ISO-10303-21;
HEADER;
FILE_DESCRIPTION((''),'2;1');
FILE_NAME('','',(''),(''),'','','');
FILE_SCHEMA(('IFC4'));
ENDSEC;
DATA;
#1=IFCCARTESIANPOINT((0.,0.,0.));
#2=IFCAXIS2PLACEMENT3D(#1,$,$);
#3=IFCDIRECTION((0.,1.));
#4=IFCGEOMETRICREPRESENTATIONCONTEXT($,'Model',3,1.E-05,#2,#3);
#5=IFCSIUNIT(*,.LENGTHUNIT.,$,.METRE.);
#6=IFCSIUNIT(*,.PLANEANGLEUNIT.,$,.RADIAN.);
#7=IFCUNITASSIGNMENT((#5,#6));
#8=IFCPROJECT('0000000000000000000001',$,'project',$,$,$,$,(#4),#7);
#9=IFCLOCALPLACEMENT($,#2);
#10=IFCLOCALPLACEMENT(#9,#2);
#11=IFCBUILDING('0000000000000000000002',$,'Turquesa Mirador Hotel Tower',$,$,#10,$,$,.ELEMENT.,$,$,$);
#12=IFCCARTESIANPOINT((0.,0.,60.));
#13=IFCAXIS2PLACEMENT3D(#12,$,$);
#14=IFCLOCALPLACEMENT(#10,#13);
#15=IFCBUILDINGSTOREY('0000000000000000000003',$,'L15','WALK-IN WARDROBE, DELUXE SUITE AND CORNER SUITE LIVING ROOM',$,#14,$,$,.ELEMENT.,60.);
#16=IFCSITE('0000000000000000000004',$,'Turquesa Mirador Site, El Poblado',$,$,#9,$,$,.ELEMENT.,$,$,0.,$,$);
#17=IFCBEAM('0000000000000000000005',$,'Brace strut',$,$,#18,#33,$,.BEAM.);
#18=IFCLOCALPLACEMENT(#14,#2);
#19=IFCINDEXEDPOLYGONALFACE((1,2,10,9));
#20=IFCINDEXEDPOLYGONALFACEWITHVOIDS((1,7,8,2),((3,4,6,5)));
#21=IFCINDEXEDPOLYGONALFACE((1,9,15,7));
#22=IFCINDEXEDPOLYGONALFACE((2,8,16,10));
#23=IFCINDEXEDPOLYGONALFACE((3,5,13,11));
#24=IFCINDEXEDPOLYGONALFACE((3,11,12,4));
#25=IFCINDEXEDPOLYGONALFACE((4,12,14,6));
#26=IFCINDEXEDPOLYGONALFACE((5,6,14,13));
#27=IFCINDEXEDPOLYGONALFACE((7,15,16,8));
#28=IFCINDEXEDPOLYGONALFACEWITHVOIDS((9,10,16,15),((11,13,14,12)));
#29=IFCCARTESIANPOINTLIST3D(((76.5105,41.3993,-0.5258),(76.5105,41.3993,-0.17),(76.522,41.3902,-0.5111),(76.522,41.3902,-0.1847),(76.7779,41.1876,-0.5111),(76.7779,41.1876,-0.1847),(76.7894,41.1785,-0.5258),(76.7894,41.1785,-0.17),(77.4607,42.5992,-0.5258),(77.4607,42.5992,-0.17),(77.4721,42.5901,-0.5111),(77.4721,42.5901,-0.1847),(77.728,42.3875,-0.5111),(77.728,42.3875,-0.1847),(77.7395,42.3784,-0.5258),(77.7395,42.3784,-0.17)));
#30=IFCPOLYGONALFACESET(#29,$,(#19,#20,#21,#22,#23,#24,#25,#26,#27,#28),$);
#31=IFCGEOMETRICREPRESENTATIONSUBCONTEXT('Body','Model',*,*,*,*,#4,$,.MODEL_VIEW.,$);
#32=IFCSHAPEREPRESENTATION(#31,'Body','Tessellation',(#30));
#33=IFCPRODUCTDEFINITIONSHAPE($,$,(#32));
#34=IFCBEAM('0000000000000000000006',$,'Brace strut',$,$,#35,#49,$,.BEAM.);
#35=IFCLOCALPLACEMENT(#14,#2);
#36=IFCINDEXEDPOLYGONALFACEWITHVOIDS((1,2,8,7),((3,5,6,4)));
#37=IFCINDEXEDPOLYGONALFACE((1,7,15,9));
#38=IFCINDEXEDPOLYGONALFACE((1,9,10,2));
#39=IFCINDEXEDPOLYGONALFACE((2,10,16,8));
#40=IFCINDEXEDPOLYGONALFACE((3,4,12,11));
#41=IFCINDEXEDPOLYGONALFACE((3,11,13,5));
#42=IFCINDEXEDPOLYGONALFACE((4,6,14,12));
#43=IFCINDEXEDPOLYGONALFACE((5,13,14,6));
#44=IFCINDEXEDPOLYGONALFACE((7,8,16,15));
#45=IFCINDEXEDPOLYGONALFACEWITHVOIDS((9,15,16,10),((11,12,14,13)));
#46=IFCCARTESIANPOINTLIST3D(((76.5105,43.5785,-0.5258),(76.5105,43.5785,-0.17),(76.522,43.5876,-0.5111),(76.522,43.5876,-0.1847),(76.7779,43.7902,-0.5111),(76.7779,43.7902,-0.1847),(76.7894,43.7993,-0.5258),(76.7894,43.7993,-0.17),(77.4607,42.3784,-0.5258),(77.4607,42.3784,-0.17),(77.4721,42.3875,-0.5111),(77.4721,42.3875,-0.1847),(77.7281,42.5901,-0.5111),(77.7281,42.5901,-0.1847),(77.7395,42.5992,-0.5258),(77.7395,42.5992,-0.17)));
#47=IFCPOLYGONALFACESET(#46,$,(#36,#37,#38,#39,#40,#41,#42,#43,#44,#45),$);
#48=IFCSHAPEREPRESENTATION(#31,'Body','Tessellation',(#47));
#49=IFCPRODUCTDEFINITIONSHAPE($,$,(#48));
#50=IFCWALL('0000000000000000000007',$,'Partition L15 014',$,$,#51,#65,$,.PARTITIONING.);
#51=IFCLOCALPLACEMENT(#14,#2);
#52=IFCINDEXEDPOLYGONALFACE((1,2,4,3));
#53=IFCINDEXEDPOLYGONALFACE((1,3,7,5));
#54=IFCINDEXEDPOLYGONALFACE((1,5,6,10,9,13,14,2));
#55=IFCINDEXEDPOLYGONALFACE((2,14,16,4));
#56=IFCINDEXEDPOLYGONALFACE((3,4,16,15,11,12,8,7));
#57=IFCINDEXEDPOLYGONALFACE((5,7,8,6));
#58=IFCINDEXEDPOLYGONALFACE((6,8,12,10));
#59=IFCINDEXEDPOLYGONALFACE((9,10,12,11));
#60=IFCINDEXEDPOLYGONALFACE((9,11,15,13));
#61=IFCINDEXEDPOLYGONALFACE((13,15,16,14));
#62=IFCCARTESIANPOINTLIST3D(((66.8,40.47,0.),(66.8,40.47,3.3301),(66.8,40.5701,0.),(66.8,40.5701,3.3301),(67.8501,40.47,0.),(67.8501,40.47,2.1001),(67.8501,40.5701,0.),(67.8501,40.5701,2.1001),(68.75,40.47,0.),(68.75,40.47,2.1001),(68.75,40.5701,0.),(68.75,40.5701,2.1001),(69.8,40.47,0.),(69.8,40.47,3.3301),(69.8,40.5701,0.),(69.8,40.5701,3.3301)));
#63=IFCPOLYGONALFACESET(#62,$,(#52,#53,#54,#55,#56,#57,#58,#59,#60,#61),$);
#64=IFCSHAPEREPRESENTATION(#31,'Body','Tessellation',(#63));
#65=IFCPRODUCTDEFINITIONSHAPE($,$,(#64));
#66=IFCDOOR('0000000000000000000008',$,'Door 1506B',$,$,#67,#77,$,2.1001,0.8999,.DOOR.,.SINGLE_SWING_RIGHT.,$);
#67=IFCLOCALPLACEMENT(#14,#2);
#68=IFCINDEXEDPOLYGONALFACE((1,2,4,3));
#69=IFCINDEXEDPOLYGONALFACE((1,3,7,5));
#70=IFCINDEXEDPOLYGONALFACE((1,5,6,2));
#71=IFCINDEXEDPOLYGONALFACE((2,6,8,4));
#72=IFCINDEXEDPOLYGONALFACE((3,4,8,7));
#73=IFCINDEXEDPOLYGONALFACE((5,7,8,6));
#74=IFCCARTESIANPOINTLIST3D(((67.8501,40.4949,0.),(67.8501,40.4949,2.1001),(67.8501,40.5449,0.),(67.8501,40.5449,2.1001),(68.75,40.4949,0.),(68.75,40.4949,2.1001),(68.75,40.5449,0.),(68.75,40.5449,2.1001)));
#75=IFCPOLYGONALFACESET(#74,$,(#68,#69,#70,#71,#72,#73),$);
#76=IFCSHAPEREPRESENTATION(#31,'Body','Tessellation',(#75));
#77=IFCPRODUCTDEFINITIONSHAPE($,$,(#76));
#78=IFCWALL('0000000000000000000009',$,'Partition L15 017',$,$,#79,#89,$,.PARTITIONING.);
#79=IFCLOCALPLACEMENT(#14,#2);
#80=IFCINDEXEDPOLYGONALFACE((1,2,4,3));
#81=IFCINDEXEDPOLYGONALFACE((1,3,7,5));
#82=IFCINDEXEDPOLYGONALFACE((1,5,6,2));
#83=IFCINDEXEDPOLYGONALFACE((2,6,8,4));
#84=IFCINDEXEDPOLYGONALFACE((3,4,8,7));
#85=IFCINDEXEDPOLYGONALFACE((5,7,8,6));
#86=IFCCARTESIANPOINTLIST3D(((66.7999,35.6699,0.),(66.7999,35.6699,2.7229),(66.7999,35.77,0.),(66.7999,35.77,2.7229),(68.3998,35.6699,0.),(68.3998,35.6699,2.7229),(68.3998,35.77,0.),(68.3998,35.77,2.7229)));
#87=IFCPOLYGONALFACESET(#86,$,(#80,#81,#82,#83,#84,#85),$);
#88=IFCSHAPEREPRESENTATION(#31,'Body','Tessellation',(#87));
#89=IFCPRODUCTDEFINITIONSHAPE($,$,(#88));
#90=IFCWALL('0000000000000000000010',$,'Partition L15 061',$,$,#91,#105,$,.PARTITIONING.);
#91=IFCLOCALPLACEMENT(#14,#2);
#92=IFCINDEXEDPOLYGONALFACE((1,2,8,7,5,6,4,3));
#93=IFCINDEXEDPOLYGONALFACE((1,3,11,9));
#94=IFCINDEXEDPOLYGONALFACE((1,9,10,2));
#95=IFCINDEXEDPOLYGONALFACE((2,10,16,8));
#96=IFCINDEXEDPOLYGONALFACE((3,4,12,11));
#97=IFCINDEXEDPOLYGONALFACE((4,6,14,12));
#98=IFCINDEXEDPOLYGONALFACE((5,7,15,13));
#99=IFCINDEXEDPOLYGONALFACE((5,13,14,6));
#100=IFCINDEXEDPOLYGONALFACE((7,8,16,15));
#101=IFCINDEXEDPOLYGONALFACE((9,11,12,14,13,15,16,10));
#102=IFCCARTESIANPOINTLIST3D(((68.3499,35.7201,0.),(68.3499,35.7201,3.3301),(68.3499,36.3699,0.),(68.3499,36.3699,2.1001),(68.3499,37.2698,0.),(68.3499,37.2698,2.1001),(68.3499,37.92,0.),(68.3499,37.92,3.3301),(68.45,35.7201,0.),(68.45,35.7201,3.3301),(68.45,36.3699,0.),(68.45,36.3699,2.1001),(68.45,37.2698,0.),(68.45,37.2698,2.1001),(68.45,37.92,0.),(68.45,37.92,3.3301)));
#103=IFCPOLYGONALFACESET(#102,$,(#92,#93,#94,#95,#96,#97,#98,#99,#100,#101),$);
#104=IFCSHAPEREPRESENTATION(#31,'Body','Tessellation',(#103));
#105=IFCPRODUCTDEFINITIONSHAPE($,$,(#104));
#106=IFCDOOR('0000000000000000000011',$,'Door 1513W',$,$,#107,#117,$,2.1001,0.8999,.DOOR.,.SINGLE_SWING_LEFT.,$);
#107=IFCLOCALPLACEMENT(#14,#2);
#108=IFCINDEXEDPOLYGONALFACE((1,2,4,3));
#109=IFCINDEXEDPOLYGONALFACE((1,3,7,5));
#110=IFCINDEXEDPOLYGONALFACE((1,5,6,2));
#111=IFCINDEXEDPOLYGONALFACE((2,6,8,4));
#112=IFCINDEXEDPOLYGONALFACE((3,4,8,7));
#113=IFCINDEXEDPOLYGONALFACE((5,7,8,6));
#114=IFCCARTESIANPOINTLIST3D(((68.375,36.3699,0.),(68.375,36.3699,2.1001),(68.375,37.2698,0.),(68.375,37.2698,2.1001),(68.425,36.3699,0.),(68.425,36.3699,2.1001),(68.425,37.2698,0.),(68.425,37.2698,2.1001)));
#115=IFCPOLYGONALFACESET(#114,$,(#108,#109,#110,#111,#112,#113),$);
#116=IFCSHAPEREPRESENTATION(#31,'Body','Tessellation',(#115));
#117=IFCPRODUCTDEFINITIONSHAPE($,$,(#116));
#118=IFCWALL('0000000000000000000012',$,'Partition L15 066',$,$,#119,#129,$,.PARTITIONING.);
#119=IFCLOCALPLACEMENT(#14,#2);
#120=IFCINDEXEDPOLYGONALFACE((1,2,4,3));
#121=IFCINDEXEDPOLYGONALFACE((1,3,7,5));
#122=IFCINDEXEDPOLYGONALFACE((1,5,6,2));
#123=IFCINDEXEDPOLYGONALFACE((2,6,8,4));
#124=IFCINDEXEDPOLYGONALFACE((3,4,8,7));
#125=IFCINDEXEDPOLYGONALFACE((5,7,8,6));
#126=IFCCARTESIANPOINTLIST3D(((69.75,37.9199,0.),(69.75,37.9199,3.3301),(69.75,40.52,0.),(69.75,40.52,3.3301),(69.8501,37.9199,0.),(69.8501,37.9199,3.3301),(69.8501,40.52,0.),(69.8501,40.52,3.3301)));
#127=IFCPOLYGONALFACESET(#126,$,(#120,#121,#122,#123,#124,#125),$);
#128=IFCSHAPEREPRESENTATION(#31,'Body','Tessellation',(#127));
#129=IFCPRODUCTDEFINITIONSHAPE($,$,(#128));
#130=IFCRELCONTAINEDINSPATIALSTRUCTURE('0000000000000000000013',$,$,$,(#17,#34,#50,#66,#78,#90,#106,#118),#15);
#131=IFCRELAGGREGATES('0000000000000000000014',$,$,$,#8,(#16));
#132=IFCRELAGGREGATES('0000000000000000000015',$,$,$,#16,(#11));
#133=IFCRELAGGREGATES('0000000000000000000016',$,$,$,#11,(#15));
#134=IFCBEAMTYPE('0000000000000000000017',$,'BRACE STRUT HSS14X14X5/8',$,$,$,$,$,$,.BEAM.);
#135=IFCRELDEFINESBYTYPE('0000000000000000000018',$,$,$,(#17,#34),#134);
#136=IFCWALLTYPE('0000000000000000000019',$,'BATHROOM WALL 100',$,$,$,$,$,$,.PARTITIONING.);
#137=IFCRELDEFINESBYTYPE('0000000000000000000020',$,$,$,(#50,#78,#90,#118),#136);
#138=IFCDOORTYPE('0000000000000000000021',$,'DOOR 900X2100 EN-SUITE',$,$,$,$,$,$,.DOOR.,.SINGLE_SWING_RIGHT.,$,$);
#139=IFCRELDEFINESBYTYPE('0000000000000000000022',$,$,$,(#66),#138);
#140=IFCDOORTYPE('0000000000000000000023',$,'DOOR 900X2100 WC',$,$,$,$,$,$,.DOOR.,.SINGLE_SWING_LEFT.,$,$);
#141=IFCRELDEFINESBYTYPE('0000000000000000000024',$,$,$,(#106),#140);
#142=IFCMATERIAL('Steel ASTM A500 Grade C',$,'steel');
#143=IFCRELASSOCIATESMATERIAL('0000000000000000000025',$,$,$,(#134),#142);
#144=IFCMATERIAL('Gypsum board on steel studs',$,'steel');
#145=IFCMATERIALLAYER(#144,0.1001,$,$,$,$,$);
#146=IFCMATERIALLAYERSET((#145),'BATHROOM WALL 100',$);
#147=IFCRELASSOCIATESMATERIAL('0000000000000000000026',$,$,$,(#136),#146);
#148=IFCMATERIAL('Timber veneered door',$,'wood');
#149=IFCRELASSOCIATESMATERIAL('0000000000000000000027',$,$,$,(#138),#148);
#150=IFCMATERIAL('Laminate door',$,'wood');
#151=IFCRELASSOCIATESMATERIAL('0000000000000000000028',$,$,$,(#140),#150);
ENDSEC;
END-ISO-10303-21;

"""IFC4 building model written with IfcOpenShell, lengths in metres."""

from ifc_helpers import new_model, si_unit, direction, frame, frame_2d, origin, origin_2d, place, context, subcontext, project, spatial, rectangle, hollow_rectangle, extrude, material, layer, layer_set, material_profile, profile_set, type_object, element, fill, save


model = new_model("IFC4")

# Units and contexts
model_context = context("Model", 3, precision=1e-05, world=origin(), true_north=direction((0.0, 1.0)))
body_context = subcontext(model_context, "Body", "Model", "MODEL_VIEW")
ifc_project = project(units=[si_unit("LENGTHUNIT", "METRE"), si_unit("PLANEANGLEUNIT", "RADIAN")], contexts=[model_context])

# Site, building, storey
site_placement = place(None, origin())
site = spatial("IfcSite", under=ifc_project, at=site_placement, Name="Turquesa Mirador Site, El Poblado", CompositionType="ELEMENT", RefElevation=0.0)
building_placement = place(site_placement, origin())
building = spatial("IfcBuilding", under=site, at=building_placement, Name="Turquesa Mirador Hotel Tower", CompositionType="ELEMENT")
storey_placement = place(building_placement, frame((0.0, 0.0, 60.0)))
storey = spatial("IfcBuildingStorey", under=building, at=storey_placement, Name="L15", Description="WALK-IN WARDROBE, DELUXE SUITE AND CORNER SUITE LIVING ROOM", CompositionType="ELEMENT", Elevation=60.0)

# Beams
ifc_material_1 = material(Name="Steel ASTM A500 Grade C", Category="steel")
ifc_material_profile_1 = material_profile(ifc_material_1, hollow_rectangle(XDim=0.3557, YDim=0.3557, WallThickness=0.0146, at=origin_2d()), Name="HSS14X14X5/8")
ifc_profile_set_1 = profile_set([ifc_material_profile_1], Name="Steel ASTM A500 Grade C")
beam_type_1 = type_object("IfcBeamType", Name="BRACE STRUT HSS14X14X5/8", PredefinedType="BEAM", material=ifc_profile_set_1)
beam_1_placement = place(storey_placement, frame((77.6001, 42.4888, -0.3479), z_axis=(-0.620797, -0.783971, 0.0), x_axis=(0.783971, -0.620797, 0.0)))
element("IfcBeam", 1, at=beam_1_placement, inside=storey, type_object=beam_type_1, Name="Brace strut", PredefinedType="BEAM", context=body_context, shape_type="SweptSolid", body=[
    extrude(hollow_rectangle(XDim=0.3557, YDim=0.3557, WallThickness=0.0146, at=origin_2d()), origin(), (0.0, 0.0, 1.0), 1.5305),
])
beam_2_placement = place(storey_placement, frame((77.6001, 42.4888, -0.3479), z_axis=(-0.620719, 0.784033, 0.0), x_axis=(-0.784033, -0.620719, 0.0)))
element("IfcBeam", 2, at=beam_2_placement, inside=storey, type_object=beam_type_1, Name="Brace strut", PredefinedType="BEAM", context=body_context, shape_type="SweptSolid", body=[
    extrude(hollow_rectangle(XDim=0.3557, YDim=0.3557, WallThickness=0.0146, at=origin_2d()), origin(), (0.0, 0.0, 1.0), 1.5308),
])

# Wall, opening, door
ifc_material_2 = material(Name="Gypsum board on steel studs", Category="steel")
ifc_layer_1 = layer(ifc_material_2, 0.1001)
ifc_layer_set_1 = layer_set([ifc_layer_1], Name="BATHROOM WALL 100")
wall_type_1 = type_object("IfcWallType", Name="BATHROOM WALL 100", PredefinedType="PARTITIONING", material=ifc_layer_set_1)
wall_1_placement = place(storey_placement, frame((66.8, 40.52, 0.0), z_axis=(0.0, 0.0, 1.0), x_axis=(1.0, 0.0, 0.0)))
wall_1 = element("IfcWall", 3, at=wall_1_placement, inside=storey, type_object=wall_type_1, Name="Partition L15 014", PredefinedType="PARTITIONING", context=body_context, shape_type="SweptSolid", body=[
    extrude(rectangle(XDim=3.0, YDim=0.1001, at=frame_2d((1.5, 0.0))), origin(), (0.0, 0.0, 1.0), 3.3301),
])
opening_1_placement = place(wall_1_placement, frame((1.05, 0.0, 0.0)))
opening_1 = element("IfcOpeningElement", 4, at=opening_1_placement, cuts=wall_1, PredefinedType="OPENING", context=body_context, shape_type="SweptSolid", body=[
    extrude(rectangle(XDim=0.8999, YDim=2.1001, at=frame_2d((0.45, 1.05))), frame((0.0, 0.0601, 0.0), z_axis=(0.0, -1.0, 0.0), x_axis=(1.0, 0.0, 0.0)), (0.0, 0.0, 1.0), 0.1201),
])
ifc_material_3 = material(Name="Timber veneered door", Category="wood")
door_type_1 = type_object("IfcDoorType", Name="DOOR 900X2100 EN-SUITE", OperationType="SINGLE_SWING_RIGHT", PredefinedType="DOOR", material=ifc_material_3)
door_1_placement = place(opening_1_placement, origin())
door_1 = element("IfcDoor", 5, at=door_1_placement, inside=storey, type_object=door_type_1, Name="Door 1506B", OperationType="SINGLE_SWING_RIGHT", OverallHeight=2.1001, OverallWidth=0.8999, PredefinedType="DOOR", context=body_context, shape_type="SweptSolid", body=[
    extrude(rectangle(XDim=0.8999, YDim=2.1001, at=frame_2d((0.45, 1.05))), frame((0.0, 0.0249, 0.0), z_axis=(0.0, -1.0, 0.0), x_axis=(1.0, 0.0, 0.0)), (0.0, 0.0, 1.0), 0.05),
])
fill(opening_1, door_1)

# Wall
wall_2_placement = place(storey_placement, frame((66.8, 35.72, 0.0), z_axis=(0.0, 0.0, 1.0), x_axis=(1.0, 0.0, 0.0)))
element("IfcWall", 6, at=wall_2_placement, inside=storey, type_object=wall_type_1, Name="Partition L15 017", PredefinedType="PARTITIONING", context=body_context, shape_type="SweptSolid", body=[
    extrude(rectangle(XDim=1.5999, YDim=0.1001, at=frame_2d((0.7998, 0.0))), origin(), (0.0, 0.0, 1.0), 2.7229),
])

# Wall, opening, door
wall_3_placement = place(storey_placement, frame((68.3999, 35.72, 0.0), z_axis=(0.0, 0.0, 1.0), x_axis=(0.0, 1.0, 0.0)))
wall_3 = element("IfcWall", 7, at=wall_3_placement, inside=storey, type_object=wall_type_1, Name="Partition L15 061", PredefinedType="PARTITIONING", context=body_context, shape_type="SweptSolid", body=[
    extrude(rectangle(XDim=2.2, YDim=0.1001, at=frame_2d((1.1001, 0.0))), origin(), (0.0, 0.0, 1.0), 3.3301),
])
opening_2_placement = place(wall_3_placement, frame((0.6499, 0.0, 0.0)))
opening_2 = element("IfcOpeningElement", 8, at=opening_2_placement, cuts=wall_3, PredefinedType="OPENING", context=body_context, shape_type="SweptSolid", body=[
    extrude(rectangle(XDim=0.8999, YDim=2.1001, at=frame_2d((0.45, 1.05))), frame((0.0, 0.0601, 0.0), z_axis=(0.0, -1.0, 0.0), x_axis=(1.0, 0.0, 0.0)), (0.0, 0.0, 1.0), 0.1201),
])
ifc_material_4 = material(Name="Laminate door", Category="wood")
door_type_2 = type_object("IfcDoorType", Name="DOOR 900X2100 WC", OperationType="SINGLE_SWING_LEFT", PredefinedType="DOOR", material=ifc_material_4)
door_2_placement = place(opening_2_placement, origin())
door_2 = element("IfcDoor", 9, at=door_2_placement, inside=storey, type_object=door_type_2, Name="Door 1513W", OperationType="SINGLE_SWING_LEFT", OverallHeight=2.1001, OverallWidth=0.8999, PredefinedType="DOOR", context=body_context, shape_type="SweptSolid", body=[
    extrude(rectangle(XDim=0.8999, YDim=2.1001, at=frame_2d((0.45, 1.05))), frame((0.0, 0.0249, 0.0), z_axis=(0.0, -1.0, 0.0), x_axis=(1.0, 0.0, 0.0)), (0.0, 0.0, 1.0), 0.05),
])
fill(opening_2, door_2)

# Wall
wall_4_placement = place(storey_placement, frame((69.8, 37.9199, 0.0), z_axis=(0.0, 0.0, 1.0), x_axis=(0.0, 1.0, 0.0)))
element("IfcWall", 10, at=wall_4_placement, inside=storey, type_object=wall_type_1, Name="Partition L15 066", PredefinedType="PARTITIONING", context=body_context, shape_type="SweptSolid", body=[
    extrude(rectangle(XDim=2.6001, YDim=0.1001, at=frame_2d((1.3, 0.0))), origin(), (0.0, 0.0, 1.0), 3.3301),
])

save(model, "model.ifc")
